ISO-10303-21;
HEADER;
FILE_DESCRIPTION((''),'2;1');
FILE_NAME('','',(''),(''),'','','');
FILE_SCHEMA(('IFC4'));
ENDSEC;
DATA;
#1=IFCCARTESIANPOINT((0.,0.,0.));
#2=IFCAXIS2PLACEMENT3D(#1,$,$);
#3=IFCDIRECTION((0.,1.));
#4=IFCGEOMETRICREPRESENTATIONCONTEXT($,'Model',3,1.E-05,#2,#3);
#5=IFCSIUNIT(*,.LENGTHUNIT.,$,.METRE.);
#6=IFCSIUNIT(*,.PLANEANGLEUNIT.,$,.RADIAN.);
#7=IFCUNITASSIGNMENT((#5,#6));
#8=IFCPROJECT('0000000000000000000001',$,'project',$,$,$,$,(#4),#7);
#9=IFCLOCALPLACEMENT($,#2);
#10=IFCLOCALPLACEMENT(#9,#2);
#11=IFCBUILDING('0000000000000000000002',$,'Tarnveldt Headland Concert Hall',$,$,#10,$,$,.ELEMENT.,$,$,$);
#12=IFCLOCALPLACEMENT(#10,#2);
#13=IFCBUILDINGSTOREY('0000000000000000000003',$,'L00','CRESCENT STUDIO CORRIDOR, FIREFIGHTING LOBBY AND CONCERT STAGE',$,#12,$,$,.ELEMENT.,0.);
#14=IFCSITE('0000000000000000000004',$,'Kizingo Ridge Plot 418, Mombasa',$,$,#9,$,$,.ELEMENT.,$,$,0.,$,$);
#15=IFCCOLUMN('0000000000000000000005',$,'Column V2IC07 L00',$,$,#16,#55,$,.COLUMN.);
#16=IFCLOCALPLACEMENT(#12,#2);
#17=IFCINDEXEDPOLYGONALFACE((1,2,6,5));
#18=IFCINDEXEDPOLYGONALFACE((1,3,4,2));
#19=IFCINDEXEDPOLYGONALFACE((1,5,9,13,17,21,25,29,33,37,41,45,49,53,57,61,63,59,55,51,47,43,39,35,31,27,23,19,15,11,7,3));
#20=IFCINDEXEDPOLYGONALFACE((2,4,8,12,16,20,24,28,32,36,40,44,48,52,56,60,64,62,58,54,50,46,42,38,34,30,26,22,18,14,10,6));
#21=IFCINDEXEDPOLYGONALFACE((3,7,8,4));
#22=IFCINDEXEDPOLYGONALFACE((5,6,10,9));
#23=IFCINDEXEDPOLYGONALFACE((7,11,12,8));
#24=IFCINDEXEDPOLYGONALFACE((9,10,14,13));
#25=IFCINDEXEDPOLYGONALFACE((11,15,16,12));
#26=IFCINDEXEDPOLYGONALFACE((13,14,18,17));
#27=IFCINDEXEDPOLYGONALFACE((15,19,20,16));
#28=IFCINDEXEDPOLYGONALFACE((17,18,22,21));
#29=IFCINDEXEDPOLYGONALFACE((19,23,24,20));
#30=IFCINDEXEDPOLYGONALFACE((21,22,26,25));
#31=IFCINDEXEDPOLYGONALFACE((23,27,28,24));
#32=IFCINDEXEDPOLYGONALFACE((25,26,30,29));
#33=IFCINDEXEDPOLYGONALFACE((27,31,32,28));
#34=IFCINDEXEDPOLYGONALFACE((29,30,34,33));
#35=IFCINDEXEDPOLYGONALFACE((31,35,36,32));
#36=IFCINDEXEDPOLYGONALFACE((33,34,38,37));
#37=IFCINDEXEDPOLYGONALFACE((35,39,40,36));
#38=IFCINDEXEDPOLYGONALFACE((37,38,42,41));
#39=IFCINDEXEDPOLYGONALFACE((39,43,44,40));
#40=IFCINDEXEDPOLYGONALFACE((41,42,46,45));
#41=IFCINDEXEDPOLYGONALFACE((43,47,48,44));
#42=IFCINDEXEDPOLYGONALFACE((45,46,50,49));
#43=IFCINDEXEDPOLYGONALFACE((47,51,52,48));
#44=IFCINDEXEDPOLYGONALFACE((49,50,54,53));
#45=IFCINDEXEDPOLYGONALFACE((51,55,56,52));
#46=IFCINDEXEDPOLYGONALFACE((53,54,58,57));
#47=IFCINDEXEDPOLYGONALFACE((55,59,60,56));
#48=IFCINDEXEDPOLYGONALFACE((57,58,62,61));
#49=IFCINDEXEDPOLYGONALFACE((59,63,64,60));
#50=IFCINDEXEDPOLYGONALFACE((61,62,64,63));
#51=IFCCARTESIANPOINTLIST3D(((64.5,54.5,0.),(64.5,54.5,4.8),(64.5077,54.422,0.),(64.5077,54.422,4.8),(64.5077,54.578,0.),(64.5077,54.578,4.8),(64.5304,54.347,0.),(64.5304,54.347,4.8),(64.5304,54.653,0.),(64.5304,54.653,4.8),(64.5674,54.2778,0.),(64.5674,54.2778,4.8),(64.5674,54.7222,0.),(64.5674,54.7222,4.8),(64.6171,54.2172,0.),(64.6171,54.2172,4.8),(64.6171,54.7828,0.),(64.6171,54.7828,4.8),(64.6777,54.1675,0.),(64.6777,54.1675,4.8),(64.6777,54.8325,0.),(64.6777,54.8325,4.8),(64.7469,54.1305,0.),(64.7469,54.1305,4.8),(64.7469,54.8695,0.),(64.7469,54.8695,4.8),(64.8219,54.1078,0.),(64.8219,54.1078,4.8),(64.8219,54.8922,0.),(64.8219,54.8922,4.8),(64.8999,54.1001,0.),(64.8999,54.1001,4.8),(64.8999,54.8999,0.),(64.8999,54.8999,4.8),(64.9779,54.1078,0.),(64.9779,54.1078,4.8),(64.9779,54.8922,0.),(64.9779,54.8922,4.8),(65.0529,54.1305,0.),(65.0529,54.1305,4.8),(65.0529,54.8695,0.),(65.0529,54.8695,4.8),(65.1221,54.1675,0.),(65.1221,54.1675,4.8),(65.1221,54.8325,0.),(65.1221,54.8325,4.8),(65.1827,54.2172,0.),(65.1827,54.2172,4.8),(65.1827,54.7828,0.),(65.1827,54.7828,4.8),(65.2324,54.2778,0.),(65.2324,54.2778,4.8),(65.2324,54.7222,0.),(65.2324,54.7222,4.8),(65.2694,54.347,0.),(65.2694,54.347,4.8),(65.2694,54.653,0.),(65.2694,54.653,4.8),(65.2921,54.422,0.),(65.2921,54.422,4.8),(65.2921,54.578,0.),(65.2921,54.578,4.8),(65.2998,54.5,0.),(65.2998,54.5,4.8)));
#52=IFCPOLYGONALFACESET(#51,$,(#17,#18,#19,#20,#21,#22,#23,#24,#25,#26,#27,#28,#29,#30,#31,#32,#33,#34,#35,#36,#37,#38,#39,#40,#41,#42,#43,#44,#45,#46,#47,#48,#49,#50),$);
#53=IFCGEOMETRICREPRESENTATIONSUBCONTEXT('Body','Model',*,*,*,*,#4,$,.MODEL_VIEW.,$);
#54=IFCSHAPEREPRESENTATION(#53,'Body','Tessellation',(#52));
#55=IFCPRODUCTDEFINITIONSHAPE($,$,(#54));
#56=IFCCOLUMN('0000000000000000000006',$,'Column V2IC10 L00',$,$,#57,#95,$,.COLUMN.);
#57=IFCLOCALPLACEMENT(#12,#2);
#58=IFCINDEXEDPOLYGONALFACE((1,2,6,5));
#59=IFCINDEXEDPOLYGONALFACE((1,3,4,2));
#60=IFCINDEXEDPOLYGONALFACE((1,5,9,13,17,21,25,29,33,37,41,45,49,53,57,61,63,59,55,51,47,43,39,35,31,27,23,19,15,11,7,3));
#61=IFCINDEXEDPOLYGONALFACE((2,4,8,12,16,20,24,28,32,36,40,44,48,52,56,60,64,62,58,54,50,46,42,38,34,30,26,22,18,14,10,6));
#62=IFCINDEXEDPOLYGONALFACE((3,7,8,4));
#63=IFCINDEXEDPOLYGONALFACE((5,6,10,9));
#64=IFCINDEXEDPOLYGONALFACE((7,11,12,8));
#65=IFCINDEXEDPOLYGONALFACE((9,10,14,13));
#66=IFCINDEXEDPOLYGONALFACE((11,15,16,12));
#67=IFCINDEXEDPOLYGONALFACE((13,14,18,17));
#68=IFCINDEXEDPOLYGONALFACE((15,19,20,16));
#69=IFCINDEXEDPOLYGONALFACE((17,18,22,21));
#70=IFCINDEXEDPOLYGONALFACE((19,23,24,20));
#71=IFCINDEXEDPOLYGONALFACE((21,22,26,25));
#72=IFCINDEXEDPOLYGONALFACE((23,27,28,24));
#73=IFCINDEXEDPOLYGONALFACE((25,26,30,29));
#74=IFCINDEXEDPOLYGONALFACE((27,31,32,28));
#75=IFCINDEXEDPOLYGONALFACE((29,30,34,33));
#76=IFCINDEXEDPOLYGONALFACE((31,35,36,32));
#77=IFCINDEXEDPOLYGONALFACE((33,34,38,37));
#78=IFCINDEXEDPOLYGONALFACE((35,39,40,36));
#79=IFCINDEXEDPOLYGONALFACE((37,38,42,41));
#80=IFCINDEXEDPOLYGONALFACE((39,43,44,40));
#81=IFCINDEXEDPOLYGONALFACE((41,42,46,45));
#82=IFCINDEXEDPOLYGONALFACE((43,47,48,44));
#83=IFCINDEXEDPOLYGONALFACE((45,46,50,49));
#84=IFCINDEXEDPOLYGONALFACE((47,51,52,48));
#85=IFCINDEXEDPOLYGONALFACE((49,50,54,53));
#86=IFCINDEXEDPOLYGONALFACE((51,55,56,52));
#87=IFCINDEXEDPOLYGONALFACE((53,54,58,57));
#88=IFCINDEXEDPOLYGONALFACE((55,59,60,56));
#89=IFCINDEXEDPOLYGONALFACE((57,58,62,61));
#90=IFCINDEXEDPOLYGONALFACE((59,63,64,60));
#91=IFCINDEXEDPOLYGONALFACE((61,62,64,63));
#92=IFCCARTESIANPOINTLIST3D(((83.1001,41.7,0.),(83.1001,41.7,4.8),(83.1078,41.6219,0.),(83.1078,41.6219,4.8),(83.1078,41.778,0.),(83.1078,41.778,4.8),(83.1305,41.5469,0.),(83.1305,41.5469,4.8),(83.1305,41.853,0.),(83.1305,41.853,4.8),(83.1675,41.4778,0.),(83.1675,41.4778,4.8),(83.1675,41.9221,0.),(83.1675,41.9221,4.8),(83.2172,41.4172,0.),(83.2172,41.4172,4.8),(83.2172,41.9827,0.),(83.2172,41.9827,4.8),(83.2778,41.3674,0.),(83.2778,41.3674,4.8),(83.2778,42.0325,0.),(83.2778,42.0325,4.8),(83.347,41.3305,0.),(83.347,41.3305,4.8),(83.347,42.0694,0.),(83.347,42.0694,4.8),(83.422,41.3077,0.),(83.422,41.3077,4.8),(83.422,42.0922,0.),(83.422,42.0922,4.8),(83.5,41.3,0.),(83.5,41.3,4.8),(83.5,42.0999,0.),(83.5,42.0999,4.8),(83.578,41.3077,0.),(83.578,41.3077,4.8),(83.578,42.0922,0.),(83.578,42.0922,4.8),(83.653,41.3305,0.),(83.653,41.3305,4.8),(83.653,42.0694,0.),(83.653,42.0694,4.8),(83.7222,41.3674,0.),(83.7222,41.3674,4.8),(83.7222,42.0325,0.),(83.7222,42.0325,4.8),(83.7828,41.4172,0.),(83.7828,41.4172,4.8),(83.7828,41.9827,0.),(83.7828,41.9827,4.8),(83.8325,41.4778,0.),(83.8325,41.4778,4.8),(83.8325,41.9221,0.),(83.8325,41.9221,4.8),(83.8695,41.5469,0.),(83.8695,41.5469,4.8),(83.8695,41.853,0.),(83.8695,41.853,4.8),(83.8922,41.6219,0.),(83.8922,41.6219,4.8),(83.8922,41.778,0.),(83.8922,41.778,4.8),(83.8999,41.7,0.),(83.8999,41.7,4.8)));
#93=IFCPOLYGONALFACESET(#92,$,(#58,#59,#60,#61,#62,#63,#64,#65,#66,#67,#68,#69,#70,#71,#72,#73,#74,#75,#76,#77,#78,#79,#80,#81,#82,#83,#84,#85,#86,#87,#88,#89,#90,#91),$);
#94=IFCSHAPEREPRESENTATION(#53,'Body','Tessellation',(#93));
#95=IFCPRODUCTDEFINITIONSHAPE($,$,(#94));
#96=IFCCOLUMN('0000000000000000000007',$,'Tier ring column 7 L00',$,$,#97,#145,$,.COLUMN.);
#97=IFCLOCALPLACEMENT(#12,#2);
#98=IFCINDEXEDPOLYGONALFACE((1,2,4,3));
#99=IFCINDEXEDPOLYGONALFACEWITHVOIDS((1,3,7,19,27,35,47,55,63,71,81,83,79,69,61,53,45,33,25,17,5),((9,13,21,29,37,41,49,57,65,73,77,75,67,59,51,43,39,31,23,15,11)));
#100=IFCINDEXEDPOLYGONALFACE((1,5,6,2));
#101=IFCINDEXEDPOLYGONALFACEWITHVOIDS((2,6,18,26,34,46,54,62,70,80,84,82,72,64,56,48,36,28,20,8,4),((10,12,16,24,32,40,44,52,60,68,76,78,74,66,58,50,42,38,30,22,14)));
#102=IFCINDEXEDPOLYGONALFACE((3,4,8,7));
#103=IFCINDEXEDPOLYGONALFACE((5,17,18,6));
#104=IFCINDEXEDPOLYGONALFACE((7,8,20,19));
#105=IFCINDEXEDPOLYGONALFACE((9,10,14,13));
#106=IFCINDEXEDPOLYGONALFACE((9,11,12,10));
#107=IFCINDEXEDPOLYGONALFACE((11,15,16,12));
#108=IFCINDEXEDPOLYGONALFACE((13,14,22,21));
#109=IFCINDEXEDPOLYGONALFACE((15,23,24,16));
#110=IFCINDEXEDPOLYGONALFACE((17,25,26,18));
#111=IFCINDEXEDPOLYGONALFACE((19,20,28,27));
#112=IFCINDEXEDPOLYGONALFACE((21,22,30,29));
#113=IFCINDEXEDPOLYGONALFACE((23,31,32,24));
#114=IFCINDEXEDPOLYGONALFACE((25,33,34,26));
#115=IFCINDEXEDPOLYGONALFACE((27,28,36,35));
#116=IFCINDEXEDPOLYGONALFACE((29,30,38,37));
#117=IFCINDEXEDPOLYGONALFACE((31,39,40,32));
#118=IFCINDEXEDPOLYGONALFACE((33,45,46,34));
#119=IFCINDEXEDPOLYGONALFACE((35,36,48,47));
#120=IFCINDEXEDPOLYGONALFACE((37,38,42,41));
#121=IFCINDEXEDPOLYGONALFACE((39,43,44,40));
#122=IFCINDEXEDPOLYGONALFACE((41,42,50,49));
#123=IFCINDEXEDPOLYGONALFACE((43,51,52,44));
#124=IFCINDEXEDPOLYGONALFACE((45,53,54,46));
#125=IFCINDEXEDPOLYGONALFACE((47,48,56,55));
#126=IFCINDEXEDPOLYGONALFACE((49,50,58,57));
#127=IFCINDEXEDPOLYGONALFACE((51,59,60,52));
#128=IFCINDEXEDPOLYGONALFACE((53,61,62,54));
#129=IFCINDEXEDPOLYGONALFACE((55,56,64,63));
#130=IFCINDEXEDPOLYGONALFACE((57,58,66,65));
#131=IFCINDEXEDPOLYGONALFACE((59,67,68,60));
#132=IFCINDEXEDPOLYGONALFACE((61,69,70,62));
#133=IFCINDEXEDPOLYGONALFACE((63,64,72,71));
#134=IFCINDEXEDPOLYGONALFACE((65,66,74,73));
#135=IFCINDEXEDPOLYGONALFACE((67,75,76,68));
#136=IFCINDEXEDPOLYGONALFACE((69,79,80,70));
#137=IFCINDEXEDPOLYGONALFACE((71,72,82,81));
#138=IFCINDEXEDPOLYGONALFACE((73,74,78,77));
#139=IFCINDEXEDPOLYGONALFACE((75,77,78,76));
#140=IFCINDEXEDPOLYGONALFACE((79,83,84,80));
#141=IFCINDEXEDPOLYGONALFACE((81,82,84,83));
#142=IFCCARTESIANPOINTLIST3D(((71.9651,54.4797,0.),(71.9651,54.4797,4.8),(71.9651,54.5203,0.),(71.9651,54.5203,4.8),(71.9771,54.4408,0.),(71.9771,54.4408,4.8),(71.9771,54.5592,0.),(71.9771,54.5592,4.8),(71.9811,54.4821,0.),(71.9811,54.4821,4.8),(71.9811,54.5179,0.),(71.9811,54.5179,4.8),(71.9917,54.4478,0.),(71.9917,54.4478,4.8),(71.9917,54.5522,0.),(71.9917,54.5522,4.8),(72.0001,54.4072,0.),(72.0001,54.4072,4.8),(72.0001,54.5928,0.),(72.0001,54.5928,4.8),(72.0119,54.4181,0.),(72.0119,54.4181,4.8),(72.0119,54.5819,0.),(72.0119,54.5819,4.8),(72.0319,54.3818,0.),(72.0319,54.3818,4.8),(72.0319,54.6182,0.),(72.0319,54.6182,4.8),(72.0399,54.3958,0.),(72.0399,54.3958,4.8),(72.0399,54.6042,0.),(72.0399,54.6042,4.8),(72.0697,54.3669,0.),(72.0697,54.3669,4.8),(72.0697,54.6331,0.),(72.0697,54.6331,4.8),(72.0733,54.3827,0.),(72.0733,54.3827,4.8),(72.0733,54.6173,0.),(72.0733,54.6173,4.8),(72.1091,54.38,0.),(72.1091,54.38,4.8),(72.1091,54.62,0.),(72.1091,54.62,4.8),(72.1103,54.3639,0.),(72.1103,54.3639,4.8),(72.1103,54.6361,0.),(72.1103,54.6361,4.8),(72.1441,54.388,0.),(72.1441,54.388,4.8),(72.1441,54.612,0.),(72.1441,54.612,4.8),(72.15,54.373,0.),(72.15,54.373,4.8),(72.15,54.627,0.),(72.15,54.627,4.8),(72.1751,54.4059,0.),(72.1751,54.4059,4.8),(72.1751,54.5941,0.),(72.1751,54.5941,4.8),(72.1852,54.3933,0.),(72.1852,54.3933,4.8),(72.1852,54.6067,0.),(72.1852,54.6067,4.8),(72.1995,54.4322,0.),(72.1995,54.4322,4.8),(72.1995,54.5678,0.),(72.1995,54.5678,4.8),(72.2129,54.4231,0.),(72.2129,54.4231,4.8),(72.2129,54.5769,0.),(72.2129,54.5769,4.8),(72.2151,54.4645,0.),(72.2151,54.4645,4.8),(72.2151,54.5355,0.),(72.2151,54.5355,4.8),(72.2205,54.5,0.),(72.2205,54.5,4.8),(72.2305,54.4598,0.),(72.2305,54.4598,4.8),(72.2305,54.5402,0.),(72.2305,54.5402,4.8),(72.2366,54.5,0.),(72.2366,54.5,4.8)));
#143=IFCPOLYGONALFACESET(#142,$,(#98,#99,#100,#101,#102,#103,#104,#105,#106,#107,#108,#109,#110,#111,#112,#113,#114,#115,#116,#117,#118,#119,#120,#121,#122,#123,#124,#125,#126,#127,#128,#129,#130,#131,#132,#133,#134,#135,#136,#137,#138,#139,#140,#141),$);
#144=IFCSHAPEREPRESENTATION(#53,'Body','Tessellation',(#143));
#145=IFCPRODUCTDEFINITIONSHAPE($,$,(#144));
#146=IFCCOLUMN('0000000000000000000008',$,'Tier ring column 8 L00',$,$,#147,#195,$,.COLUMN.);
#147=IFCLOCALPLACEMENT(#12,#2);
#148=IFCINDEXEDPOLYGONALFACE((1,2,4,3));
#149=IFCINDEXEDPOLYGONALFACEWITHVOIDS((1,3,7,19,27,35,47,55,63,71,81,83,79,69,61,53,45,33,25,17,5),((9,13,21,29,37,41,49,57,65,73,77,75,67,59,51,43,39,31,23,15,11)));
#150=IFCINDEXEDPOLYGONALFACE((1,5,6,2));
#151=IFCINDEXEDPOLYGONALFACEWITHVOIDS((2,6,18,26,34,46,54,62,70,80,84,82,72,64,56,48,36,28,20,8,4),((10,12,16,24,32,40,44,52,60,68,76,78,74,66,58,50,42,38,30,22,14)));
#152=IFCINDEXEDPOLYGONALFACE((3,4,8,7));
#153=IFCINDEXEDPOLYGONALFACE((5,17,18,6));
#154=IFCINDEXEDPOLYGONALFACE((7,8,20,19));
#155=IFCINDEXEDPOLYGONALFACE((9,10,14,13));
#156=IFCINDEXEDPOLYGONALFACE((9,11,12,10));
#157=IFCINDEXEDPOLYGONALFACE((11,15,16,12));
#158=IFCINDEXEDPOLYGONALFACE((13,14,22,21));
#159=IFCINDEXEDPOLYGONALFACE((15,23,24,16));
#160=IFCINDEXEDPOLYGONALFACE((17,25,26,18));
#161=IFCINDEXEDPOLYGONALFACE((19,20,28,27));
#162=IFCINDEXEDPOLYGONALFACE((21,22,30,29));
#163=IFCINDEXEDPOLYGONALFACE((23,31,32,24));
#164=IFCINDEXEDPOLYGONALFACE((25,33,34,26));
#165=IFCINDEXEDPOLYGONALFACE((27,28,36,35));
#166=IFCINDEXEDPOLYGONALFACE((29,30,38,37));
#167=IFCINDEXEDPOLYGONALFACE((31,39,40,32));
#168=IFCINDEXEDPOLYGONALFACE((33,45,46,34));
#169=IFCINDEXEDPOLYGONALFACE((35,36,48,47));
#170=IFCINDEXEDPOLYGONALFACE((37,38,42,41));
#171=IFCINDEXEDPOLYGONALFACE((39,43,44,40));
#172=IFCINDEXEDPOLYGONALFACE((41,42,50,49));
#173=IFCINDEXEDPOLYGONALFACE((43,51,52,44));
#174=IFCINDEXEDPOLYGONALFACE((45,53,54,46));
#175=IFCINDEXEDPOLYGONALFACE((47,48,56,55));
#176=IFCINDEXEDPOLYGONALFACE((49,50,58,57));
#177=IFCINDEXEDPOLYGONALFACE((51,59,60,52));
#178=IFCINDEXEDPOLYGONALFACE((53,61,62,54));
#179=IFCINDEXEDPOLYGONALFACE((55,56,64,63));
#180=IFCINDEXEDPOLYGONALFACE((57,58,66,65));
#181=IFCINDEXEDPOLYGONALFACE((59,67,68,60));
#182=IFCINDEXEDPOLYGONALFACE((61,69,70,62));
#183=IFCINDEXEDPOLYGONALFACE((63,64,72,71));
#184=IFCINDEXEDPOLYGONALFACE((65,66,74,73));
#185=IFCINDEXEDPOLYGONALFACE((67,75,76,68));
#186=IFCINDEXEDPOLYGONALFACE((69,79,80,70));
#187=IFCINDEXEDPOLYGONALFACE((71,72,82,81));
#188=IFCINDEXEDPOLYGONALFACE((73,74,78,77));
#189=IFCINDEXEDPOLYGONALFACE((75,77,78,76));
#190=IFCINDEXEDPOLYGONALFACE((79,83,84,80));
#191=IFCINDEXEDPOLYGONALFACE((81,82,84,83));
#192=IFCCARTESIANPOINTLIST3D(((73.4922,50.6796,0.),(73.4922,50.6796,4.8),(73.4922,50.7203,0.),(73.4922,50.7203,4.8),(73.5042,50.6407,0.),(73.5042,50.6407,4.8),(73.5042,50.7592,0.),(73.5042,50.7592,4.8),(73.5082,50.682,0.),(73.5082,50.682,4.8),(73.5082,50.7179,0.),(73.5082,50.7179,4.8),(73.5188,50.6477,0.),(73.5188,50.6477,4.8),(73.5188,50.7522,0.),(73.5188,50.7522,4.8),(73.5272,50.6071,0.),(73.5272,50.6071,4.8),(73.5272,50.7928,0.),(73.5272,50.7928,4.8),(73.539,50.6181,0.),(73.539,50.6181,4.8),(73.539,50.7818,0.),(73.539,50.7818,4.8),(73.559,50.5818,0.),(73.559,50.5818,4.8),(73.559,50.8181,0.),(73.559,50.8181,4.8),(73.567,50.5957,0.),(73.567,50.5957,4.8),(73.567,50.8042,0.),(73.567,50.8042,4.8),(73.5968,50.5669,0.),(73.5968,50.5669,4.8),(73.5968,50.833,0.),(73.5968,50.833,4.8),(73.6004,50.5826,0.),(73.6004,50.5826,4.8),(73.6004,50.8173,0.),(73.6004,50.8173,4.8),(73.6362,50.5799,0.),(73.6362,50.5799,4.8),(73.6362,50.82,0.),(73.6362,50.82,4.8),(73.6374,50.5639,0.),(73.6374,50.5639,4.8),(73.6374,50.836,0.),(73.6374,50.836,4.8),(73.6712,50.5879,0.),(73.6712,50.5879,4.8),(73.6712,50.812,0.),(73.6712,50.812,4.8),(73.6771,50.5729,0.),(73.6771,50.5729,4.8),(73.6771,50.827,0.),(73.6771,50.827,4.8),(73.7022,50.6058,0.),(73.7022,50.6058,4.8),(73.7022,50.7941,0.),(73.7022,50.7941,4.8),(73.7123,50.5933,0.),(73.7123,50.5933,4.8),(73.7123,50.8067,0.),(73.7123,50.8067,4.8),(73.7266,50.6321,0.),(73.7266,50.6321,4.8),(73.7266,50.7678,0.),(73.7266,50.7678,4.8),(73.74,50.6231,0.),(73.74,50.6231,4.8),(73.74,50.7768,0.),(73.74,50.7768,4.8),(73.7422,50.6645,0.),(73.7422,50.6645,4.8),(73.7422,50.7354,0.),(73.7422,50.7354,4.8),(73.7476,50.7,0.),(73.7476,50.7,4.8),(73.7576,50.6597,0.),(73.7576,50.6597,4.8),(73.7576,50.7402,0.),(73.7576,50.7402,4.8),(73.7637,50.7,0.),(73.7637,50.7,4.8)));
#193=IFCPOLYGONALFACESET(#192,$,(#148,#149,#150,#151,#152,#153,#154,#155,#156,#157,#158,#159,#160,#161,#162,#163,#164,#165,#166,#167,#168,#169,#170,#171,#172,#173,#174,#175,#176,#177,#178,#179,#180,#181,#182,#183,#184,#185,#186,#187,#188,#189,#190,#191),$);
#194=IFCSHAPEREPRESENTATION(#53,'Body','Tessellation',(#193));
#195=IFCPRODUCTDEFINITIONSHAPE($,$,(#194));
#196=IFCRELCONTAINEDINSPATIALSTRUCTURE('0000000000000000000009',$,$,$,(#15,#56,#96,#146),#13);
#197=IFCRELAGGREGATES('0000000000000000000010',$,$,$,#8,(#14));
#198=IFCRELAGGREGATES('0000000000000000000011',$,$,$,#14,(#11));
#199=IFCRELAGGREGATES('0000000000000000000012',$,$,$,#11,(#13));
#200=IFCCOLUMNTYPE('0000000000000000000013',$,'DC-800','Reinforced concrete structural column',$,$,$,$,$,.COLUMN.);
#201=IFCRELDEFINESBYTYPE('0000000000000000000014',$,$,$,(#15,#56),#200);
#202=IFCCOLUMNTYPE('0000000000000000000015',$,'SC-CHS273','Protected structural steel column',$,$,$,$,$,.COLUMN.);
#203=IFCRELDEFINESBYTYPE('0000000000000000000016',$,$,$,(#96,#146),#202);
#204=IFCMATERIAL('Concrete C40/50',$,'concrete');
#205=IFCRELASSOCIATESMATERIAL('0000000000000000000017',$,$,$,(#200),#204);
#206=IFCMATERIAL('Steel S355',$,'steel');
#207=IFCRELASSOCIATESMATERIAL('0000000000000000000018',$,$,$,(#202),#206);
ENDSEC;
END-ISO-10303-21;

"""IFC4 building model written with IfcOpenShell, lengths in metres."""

from ifc_helpers import new_model, si_unit, direction, frame, origin, origin_2d, place, context, subcontext, project, spatial, circle, hollow_circle, extrude, material, material_profile, profile_set, type_object, element, save


model = new_model("IFC4")

# Units and contexts
model_context = context("Model", 3, precision=1e-05, world=origin(), true_north=direction((0.0, 1.0)))
body_context = subcontext(model_context, "Body", "Model", "MODEL_VIEW")
ifc_project = project(units=[si_unit("LENGTHUNIT", "METRE"), si_unit("PLANEANGLEUNIT", "RADIAN")], contexts=[model_context])

# Site, building, storey
site_placement = place(None, origin())
site = spatial("IfcSite", under=ifc_project, at=site_placement, Name="Kizingo Ridge Plot 418, Mombasa", CompositionType="ELEMENT", RefElevation=0.0)
building_placement = place(site_placement, origin())
building = spatial("IfcBuilding", under=site, at=building_placement, Name="Tarnveldt Headland Concert Hall", CompositionType="ELEMENT")
storey_placement = place(building_placement, origin())
storey = spatial("IfcBuildingStorey", under=building, at=storey_placement, Name="L00", Description="CRESCENT STUDIO CORRIDOR, FIREFIGHTING LOBBY AND CONCERT STAGE", CompositionType="ELEMENT", Elevation=0.0)

# Columns
ifc_material_1 = material(Name="Concrete C40/50", Category="concrete")
ifc_material_profile_1 = material_profile(ifc_material_1, circle(Radius=0.3999, at=origin_2d()), Name="RC D800", Category="concrete")
ifc_profile_set_1 = profile_set([ifc_material_profile_1], Name="Concrete C40/50")
column_type_1 = type_object("IfcColumnType", Name="DC-800", Description="Reinforced concrete structural column", PredefinedType="COLUMN", material=ifc_profile_set_1)
for number, where, z_axis, x_axis, name in (
    (1, (64.8999, 54.5, 0.0), (0.0, 0.0, 1.0), (-1.0, 0.0, 0.0), "Column V2IC07 L00"),
    (2, (83.5, 41.7, 0.0), (0.0, 0.0, 1.0), (0.0, -1.0, 0.0), "Column V2IC10 L00"),
):
    element("IfcColumn", number, at=place(storey_placement, frame(where, z_axis=z_axis, x_axis=x_axis)), inside=storey, type_object=column_type_1, Name=name, PredefinedType="COLUMN", context=body_context, shape_type="SweptSolid", body=[
        extrude(circle(Radius=0.3999, at=origin_2d()), origin(), (0.0, 0.0, 1.0), 4.8),
    ])
ifc_material_2 = material(Name="Steel S355", Category="steel")
ifc_material_profile_2 = material_profile(ifc_material_2, hollow_circle(Radius=0.1365, WallThickness=0.0161, at=origin_2d()), Name="CHS 273x16", Category="steel")
ifc_profile_set_2 = profile_set([ifc_material_profile_2], Name="Steel S355")
column_type_2 = type_object("IfcColumnType", Name="SC-CHS273", Description="Protected structural steel column", PredefinedType="COLUMN", material=ifc_profile_set_2)
for number, where, z_axis, x_axis, name in (
    (3, (72.1001, 54.5, 0.0), (0.0, 0.0, 1.0), (1.0, 0.0, 0.0), "Tier ring column 7 L00"),
    (4, (73.6272, 50.7, 0.0), (0.0, 0.0, 1.0), (1.0, 0.0, 0.0), "Tier ring column 8 L00"),
):
    element("IfcColumn", number, at=place(storey_placement, frame(where, z_axis=z_axis, x_axis=x_axis)), inside=storey, type_object=column_type_2, Name=name, PredefinedType="COLUMN", context=body_context, shape_type="SweptSolid", body=[
        extrude(hollow_circle(Radius=0.1365, WallThickness=0.0161, at=origin_2d()), origin(), (0.0, 0.0, 1.0), 4.8),
    ])

save(model, "model.ifc")
